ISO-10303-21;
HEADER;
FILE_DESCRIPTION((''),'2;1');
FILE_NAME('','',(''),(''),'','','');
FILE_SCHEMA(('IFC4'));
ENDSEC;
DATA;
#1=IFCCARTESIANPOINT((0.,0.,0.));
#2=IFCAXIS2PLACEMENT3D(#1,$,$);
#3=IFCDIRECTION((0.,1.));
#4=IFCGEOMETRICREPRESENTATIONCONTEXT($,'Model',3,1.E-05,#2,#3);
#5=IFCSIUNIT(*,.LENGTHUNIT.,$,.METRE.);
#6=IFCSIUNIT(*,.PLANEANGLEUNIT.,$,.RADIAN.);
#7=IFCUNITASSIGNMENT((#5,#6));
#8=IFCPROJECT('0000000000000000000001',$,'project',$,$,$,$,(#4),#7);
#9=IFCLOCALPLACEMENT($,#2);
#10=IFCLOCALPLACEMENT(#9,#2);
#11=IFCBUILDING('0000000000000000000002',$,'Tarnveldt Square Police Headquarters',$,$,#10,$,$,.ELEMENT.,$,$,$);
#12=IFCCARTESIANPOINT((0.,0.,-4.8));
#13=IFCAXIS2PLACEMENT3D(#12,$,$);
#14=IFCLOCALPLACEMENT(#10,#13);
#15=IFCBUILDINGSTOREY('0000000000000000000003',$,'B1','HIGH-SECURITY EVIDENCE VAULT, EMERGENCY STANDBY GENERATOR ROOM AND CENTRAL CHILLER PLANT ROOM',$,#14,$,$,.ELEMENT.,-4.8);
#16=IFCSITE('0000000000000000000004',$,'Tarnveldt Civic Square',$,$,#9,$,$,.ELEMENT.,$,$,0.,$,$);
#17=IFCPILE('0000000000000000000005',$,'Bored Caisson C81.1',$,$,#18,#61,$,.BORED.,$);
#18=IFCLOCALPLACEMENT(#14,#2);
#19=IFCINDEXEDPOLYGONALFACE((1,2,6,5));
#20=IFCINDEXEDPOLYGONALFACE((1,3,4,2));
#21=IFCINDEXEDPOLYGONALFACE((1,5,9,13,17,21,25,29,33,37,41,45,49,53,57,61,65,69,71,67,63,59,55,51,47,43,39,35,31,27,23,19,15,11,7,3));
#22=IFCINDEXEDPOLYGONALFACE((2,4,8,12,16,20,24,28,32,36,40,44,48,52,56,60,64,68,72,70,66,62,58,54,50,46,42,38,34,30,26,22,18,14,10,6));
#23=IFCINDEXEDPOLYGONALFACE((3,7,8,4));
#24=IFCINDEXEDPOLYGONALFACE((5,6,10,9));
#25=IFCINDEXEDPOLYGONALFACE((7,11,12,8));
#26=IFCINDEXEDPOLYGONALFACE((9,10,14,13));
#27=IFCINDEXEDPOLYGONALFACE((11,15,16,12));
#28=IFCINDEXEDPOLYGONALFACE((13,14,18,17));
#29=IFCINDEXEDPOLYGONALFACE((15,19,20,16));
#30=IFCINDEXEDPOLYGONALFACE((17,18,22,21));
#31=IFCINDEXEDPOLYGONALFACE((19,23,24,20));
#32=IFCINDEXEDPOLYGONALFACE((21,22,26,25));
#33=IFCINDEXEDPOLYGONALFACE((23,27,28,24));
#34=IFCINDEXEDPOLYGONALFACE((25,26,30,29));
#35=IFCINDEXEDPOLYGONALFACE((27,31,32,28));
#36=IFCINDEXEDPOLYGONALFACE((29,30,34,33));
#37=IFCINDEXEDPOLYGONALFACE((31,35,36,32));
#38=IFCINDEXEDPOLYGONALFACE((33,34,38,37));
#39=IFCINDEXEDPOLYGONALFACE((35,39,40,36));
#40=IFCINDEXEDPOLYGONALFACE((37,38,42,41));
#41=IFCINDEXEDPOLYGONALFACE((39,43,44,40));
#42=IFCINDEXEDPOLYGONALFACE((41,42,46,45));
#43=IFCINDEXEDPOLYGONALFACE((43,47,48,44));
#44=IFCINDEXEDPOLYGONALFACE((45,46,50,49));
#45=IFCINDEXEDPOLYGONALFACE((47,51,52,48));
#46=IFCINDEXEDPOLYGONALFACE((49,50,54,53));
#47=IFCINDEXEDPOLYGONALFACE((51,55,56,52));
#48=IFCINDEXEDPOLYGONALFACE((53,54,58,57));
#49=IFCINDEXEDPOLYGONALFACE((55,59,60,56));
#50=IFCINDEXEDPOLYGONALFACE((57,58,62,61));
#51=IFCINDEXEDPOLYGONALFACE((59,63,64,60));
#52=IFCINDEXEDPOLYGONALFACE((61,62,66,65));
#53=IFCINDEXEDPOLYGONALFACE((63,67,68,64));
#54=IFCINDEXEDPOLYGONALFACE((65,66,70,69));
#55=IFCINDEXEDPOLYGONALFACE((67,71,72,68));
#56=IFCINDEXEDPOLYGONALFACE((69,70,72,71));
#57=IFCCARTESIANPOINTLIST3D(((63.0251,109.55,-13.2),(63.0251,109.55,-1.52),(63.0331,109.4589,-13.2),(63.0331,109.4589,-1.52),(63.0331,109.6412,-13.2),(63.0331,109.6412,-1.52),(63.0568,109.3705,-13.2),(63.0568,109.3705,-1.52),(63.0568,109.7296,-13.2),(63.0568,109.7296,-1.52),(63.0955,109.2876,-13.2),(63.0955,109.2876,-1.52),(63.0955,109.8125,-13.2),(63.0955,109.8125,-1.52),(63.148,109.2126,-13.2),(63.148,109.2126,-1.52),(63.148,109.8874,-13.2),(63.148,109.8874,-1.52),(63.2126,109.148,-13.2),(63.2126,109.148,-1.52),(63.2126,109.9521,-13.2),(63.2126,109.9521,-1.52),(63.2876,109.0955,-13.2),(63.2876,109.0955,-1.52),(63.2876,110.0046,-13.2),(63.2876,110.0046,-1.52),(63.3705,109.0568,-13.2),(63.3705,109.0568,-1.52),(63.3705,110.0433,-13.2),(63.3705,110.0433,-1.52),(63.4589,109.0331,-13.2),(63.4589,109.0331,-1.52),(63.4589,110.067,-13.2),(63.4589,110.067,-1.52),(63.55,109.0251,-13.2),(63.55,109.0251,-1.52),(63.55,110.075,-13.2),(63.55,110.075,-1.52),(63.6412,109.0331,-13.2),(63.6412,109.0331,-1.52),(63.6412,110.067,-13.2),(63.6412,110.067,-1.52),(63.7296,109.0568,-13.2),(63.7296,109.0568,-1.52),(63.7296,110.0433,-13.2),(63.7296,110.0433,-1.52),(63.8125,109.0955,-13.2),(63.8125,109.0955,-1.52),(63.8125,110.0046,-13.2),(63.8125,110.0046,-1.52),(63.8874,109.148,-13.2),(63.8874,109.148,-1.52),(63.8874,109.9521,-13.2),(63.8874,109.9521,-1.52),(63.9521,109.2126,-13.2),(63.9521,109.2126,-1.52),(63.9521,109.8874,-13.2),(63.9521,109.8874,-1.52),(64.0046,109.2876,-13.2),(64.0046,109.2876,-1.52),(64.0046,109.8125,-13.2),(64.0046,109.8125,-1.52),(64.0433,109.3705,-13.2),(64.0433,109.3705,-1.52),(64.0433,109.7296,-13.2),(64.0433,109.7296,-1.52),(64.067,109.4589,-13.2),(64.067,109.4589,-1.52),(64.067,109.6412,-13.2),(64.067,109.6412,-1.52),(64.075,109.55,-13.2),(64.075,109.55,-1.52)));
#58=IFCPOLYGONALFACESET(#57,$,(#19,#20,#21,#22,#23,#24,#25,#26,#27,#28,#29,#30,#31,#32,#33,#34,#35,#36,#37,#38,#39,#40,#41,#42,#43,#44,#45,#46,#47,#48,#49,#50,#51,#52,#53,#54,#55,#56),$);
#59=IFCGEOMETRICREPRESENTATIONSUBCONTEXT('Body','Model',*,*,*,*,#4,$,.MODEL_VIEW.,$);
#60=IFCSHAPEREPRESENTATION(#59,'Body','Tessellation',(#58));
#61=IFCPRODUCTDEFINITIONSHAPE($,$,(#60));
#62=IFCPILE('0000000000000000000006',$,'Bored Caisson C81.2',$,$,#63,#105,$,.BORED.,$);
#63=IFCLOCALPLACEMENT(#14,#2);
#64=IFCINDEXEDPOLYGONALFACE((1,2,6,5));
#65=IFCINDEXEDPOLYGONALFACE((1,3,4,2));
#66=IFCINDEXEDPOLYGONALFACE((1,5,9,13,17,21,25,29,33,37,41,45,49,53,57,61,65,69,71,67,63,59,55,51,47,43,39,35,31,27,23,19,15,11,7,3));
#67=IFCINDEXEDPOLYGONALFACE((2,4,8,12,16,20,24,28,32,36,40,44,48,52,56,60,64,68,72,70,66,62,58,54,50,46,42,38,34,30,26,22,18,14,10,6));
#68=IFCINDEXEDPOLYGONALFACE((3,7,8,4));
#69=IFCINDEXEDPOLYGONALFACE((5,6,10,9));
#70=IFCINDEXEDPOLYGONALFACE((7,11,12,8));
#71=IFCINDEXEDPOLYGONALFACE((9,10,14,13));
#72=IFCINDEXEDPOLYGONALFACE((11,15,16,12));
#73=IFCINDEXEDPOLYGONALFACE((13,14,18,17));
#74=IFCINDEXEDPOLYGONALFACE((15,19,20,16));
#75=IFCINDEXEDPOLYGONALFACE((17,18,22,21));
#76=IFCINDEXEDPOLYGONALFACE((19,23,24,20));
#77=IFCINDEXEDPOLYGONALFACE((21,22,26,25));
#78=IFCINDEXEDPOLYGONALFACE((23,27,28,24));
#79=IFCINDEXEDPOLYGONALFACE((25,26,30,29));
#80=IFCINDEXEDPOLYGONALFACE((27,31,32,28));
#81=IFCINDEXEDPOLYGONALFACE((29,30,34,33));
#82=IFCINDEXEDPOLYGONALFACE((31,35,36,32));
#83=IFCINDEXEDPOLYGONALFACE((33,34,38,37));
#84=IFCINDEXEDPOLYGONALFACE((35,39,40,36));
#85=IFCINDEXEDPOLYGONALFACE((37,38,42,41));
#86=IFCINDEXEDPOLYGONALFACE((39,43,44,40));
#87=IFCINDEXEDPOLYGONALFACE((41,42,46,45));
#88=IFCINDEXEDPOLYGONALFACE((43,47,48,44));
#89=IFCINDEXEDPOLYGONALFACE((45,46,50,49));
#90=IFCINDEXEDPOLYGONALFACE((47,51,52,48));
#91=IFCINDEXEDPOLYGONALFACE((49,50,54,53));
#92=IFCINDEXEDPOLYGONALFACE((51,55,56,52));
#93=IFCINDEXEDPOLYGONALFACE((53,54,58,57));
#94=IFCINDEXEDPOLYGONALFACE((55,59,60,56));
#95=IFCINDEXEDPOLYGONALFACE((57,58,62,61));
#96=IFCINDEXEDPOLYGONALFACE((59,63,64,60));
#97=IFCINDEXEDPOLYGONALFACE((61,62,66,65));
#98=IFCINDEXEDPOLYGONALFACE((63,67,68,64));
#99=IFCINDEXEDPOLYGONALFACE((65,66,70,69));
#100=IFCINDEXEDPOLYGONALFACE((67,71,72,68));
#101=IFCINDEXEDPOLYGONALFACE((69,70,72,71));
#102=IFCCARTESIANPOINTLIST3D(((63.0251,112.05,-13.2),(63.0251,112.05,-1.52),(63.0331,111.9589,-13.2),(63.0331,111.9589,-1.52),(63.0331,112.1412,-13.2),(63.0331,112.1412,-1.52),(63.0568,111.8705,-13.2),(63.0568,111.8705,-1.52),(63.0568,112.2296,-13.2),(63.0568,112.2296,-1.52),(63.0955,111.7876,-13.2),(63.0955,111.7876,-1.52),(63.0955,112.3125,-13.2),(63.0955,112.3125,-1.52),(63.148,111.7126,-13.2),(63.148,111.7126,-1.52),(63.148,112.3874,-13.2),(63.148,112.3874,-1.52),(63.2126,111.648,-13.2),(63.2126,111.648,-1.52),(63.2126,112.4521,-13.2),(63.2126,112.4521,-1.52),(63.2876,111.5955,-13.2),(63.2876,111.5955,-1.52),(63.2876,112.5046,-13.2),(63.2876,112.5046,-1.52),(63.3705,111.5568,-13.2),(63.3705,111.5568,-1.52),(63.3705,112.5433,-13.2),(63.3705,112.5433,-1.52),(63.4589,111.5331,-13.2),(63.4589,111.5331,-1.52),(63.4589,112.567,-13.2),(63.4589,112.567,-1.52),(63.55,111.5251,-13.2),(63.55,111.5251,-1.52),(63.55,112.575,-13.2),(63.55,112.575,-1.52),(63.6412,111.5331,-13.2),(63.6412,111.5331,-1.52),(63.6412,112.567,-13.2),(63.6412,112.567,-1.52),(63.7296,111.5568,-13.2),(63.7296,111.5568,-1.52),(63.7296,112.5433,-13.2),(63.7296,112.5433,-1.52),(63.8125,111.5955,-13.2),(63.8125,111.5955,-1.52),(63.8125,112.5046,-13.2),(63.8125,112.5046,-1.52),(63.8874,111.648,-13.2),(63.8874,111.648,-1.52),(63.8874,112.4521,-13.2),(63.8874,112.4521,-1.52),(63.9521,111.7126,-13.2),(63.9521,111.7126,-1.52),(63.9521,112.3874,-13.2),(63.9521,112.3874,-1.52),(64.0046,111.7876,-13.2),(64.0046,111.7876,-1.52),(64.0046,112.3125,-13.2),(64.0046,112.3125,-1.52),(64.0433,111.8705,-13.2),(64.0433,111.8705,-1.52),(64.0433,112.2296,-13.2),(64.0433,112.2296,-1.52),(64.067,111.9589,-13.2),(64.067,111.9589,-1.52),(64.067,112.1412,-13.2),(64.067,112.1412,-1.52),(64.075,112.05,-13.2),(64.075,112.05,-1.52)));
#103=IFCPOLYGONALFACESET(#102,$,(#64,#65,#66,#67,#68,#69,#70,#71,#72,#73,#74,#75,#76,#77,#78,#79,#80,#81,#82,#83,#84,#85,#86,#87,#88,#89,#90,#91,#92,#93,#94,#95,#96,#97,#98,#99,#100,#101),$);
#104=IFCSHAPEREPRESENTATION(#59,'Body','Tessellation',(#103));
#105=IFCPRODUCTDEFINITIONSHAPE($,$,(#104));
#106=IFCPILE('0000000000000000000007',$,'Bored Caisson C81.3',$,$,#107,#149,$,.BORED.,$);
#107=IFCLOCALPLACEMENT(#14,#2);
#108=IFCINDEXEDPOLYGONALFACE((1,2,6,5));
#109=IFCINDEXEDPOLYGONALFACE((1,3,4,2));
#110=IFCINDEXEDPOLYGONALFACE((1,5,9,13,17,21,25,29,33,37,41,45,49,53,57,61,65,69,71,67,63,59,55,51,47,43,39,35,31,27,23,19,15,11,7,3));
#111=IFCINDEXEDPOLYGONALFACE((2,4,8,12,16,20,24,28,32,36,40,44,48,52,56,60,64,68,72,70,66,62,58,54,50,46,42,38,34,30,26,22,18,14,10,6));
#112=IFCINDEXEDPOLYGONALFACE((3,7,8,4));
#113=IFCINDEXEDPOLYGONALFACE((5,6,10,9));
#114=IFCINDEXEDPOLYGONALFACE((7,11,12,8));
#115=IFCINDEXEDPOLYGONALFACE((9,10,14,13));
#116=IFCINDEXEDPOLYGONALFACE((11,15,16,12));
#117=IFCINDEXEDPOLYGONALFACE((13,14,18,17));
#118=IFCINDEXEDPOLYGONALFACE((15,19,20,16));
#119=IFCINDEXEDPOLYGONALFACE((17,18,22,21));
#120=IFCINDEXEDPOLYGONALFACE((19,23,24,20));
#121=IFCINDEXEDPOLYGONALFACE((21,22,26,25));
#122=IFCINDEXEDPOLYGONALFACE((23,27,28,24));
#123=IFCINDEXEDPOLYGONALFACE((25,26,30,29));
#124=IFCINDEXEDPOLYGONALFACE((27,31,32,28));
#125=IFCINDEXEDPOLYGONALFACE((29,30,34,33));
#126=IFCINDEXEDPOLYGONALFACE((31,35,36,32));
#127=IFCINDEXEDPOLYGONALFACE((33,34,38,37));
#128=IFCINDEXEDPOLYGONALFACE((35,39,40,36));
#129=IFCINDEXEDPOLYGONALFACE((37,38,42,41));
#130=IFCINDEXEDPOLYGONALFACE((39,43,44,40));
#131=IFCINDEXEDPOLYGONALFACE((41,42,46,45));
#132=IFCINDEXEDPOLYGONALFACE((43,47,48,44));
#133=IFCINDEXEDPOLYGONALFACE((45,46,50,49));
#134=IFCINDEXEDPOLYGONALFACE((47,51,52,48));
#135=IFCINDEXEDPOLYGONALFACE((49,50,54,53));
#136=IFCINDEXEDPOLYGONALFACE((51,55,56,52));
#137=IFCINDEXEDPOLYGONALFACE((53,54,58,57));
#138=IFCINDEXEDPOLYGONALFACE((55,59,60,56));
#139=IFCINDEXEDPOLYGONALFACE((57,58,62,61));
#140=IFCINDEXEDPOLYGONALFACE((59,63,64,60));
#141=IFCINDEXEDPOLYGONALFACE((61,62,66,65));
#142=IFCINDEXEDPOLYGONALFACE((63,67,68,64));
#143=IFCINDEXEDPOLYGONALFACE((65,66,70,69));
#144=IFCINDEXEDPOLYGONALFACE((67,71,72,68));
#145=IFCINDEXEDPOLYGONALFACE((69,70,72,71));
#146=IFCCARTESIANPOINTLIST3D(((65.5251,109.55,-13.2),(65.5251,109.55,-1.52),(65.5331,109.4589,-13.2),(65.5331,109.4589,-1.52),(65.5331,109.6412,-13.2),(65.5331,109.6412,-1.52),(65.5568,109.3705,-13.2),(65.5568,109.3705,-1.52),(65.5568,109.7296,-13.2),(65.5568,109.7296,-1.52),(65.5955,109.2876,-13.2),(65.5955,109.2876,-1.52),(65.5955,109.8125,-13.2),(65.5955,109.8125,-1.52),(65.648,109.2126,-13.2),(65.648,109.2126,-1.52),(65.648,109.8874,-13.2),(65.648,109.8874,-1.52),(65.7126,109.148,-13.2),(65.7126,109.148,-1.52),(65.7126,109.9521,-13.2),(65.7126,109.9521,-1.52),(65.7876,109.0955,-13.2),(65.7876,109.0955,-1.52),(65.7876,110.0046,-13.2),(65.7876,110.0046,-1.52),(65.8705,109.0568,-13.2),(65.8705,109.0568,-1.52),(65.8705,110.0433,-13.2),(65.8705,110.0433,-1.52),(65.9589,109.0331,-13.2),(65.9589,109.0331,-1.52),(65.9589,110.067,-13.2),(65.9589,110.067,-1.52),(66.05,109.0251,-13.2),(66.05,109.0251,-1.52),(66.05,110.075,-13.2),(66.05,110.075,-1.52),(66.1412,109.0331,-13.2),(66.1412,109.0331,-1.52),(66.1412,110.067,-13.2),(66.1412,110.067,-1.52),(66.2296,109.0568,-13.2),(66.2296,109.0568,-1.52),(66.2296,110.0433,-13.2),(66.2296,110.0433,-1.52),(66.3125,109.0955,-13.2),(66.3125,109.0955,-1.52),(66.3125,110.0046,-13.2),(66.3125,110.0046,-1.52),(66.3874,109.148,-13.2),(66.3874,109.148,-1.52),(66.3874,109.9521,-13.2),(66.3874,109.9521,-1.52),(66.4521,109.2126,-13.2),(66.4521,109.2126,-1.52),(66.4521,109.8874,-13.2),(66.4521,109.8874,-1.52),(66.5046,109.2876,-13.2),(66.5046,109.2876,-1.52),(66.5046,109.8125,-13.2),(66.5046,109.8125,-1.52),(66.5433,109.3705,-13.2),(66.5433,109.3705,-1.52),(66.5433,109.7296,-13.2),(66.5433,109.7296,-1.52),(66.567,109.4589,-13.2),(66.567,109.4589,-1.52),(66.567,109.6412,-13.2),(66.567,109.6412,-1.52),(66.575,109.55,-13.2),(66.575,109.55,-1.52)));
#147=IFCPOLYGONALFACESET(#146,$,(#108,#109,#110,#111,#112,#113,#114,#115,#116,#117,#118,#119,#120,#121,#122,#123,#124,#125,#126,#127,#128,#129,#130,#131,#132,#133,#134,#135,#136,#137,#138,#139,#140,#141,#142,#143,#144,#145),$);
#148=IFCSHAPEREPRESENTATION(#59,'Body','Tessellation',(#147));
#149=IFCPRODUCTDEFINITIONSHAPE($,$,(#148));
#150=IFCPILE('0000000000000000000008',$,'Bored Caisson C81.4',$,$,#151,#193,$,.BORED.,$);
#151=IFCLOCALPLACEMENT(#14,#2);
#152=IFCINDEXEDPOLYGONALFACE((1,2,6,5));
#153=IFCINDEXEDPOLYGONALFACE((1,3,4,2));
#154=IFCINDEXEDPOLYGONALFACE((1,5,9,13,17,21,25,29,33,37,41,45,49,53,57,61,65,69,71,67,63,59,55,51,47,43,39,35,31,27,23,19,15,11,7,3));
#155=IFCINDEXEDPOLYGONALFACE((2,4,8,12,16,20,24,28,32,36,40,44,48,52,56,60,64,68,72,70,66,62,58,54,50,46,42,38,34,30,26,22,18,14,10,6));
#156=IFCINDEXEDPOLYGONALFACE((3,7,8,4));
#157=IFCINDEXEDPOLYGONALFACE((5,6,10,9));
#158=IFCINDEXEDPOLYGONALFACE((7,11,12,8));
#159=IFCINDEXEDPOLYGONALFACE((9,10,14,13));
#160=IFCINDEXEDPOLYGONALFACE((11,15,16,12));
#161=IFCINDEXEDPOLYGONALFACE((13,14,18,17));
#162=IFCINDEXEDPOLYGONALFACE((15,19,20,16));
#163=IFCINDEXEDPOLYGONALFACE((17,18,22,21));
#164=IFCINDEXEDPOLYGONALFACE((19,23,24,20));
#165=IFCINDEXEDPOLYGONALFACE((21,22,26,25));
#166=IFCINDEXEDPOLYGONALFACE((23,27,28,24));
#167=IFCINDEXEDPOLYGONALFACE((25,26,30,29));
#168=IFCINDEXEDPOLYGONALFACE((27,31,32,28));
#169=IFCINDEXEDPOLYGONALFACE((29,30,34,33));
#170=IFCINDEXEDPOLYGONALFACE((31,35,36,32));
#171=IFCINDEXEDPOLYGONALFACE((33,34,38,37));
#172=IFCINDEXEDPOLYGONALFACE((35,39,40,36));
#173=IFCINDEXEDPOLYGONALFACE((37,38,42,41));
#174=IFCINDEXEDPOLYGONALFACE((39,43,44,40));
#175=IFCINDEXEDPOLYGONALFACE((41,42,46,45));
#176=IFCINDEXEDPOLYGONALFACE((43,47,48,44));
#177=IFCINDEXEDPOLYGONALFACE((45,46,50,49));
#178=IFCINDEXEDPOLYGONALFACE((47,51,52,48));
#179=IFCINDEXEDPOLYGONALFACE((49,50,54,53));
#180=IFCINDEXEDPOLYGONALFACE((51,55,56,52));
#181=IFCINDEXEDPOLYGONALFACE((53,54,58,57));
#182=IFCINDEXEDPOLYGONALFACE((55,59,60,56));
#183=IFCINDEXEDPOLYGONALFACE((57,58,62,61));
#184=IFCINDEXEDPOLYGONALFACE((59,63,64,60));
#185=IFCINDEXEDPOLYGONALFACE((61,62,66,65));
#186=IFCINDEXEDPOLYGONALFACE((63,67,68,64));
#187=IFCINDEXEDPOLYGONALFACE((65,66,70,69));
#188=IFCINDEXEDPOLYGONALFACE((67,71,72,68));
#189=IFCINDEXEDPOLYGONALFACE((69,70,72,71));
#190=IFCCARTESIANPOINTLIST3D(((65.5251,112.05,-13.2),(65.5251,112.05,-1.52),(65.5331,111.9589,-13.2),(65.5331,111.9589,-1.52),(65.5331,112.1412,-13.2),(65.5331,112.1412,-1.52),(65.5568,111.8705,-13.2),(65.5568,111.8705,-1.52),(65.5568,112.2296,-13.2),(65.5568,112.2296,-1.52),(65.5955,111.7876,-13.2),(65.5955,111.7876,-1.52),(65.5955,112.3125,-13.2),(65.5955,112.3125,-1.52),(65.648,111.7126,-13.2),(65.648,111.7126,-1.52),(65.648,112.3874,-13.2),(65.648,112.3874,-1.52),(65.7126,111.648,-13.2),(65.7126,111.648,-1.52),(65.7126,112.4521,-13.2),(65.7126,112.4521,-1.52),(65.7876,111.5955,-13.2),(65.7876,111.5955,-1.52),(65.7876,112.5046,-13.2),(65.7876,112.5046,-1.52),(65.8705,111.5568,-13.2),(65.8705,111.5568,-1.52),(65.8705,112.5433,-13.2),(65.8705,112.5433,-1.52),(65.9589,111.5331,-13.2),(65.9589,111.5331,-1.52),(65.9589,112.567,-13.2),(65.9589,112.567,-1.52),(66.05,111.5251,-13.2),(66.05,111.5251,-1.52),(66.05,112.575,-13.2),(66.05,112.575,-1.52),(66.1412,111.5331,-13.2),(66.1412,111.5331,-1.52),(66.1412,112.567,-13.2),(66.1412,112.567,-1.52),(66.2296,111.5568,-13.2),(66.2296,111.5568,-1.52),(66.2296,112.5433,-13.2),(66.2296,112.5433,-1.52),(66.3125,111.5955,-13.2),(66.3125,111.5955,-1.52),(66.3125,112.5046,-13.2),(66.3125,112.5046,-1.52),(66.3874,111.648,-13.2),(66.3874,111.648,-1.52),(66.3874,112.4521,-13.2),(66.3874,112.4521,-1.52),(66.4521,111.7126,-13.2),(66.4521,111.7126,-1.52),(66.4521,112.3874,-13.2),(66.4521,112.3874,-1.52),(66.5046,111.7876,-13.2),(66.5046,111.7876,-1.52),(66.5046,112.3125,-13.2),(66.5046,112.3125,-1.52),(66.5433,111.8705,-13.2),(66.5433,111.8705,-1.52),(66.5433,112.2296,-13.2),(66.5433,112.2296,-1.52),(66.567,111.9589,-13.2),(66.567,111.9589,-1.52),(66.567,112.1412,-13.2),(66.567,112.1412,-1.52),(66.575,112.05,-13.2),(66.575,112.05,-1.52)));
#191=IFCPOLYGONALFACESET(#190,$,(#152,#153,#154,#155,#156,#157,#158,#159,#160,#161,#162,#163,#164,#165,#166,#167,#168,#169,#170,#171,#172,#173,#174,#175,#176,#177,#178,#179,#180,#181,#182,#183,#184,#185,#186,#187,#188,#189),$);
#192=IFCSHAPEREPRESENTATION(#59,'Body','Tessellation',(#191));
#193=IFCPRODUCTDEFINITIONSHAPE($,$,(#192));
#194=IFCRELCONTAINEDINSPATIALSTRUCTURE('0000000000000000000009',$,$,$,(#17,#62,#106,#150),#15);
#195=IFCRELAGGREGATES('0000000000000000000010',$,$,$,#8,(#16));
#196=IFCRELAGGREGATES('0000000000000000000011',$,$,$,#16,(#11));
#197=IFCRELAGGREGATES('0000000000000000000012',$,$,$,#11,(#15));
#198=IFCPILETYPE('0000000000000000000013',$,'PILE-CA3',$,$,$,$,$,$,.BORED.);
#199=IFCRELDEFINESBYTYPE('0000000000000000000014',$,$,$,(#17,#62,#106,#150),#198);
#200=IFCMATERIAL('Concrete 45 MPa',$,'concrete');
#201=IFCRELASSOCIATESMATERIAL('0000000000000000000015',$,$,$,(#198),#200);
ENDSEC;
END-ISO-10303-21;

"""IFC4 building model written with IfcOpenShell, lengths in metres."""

from ifc_helpers import new_model, si_unit, direction, frame, origin, origin_2d, place, context, subcontext, project, spatial, circle, extrude, material, material_profile, profile_set, type_object, element, save


model = new_model("IFC4")

# Units and contexts
model_context = context("Model", 3, precision=1e-05, world=origin(), true_north=direction((0.0, 1.0)))
body_context = subcontext(model_context, "Body", "Model", "MODEL_VIEW")
ifc_project = project(units=[si_unit("LENGTHUNIT", "METRE"), si_unit("PLANEANGLEUNIT", "RADIAN")], contexts=[model_context])

# Site, building, storey
site_placement = place(None, origin())
site = spatial("IfcSite", under=ifc_project, at=site_placement, Name="Tarnveldt Civic Square", CompositionType="ELEMENT", RefElevation=0.0)
building_placement = place(site_placement, origin())
building = spatial("IfcBuilding", under=site, at=building_placement, Name="Tarnveldt Square Police Headquarters", CompositionType="ELEMENT")
storey_placement = place(building_placement, frame((0.0, 0.0, -4.8)))
storey = spatial("IfcBuildingStorey", under=building, at=storey_placement, Name="B1", Description="HIGH-SECURITY EVIDENCE VAULT, EMERGENCY STANDBY GENERATOR ROOM AND CENTRAL CHILLER PLANT ROOM", CompositionType="ELEMENT", Elevation=-4.8)

# Shared definitions
ifc_material_1 = material(Name="Concrete 45 MPa", Category="concrete")

# Piles
ifc_material_profile_1 = material_profile(ifc_material_1, circle(Radius=0.5249, at=origin_2d()), Name="CAISSON-D1050")
ifc_profile_set_1 = profile_set([ifc_material_profile_1], Name="Concrete 45 MPa")
pile_type_1 = type_object("IfcPileType", Name="PILE-CA3", PredefinedType="BORED", material=ifc_profile_set_1)
for number, where, z_axis, x_axis, name in (
    (1, (63.55, 109.55, -1.52), (0.0, 0.0, -1.0), (1.0, 0.0, 0.0), "Bored Caisson C81.1"),
    (2, (63.55, 112.05, -1.52), (0.0, 0.0, -1.0), (1.0, 0.0, 0.0), "Bored Caisson C81.2"),
    (3, (66.05, 109.55, -1.52), (0.0, 0.0, -1.0), (1.0, 0.0, 0.0), "Bored Caisson C81.3"),
    (4, (66.05, 112.05, -1.52), (0.0, 0.0, -1.0), (1.0, 0.0, 0.0), "Bored Caisson C81.4"),
):
    element("IfcPile", number, at=place(storey_placement, frame(where, z_axis=z_axis, x_axis=x_axis)), inside=storey, type_object=pile_type_1, Name=name, PredefinedType="BORED", context=body_context, shape_type="SweptSolid", body=[
        extrude(circle(Radius=0.5249, at=origin_2d()), origin(), (0.0, 0.0, 1.0), 11.6799),
    ])

save(model, "model.ifc")
